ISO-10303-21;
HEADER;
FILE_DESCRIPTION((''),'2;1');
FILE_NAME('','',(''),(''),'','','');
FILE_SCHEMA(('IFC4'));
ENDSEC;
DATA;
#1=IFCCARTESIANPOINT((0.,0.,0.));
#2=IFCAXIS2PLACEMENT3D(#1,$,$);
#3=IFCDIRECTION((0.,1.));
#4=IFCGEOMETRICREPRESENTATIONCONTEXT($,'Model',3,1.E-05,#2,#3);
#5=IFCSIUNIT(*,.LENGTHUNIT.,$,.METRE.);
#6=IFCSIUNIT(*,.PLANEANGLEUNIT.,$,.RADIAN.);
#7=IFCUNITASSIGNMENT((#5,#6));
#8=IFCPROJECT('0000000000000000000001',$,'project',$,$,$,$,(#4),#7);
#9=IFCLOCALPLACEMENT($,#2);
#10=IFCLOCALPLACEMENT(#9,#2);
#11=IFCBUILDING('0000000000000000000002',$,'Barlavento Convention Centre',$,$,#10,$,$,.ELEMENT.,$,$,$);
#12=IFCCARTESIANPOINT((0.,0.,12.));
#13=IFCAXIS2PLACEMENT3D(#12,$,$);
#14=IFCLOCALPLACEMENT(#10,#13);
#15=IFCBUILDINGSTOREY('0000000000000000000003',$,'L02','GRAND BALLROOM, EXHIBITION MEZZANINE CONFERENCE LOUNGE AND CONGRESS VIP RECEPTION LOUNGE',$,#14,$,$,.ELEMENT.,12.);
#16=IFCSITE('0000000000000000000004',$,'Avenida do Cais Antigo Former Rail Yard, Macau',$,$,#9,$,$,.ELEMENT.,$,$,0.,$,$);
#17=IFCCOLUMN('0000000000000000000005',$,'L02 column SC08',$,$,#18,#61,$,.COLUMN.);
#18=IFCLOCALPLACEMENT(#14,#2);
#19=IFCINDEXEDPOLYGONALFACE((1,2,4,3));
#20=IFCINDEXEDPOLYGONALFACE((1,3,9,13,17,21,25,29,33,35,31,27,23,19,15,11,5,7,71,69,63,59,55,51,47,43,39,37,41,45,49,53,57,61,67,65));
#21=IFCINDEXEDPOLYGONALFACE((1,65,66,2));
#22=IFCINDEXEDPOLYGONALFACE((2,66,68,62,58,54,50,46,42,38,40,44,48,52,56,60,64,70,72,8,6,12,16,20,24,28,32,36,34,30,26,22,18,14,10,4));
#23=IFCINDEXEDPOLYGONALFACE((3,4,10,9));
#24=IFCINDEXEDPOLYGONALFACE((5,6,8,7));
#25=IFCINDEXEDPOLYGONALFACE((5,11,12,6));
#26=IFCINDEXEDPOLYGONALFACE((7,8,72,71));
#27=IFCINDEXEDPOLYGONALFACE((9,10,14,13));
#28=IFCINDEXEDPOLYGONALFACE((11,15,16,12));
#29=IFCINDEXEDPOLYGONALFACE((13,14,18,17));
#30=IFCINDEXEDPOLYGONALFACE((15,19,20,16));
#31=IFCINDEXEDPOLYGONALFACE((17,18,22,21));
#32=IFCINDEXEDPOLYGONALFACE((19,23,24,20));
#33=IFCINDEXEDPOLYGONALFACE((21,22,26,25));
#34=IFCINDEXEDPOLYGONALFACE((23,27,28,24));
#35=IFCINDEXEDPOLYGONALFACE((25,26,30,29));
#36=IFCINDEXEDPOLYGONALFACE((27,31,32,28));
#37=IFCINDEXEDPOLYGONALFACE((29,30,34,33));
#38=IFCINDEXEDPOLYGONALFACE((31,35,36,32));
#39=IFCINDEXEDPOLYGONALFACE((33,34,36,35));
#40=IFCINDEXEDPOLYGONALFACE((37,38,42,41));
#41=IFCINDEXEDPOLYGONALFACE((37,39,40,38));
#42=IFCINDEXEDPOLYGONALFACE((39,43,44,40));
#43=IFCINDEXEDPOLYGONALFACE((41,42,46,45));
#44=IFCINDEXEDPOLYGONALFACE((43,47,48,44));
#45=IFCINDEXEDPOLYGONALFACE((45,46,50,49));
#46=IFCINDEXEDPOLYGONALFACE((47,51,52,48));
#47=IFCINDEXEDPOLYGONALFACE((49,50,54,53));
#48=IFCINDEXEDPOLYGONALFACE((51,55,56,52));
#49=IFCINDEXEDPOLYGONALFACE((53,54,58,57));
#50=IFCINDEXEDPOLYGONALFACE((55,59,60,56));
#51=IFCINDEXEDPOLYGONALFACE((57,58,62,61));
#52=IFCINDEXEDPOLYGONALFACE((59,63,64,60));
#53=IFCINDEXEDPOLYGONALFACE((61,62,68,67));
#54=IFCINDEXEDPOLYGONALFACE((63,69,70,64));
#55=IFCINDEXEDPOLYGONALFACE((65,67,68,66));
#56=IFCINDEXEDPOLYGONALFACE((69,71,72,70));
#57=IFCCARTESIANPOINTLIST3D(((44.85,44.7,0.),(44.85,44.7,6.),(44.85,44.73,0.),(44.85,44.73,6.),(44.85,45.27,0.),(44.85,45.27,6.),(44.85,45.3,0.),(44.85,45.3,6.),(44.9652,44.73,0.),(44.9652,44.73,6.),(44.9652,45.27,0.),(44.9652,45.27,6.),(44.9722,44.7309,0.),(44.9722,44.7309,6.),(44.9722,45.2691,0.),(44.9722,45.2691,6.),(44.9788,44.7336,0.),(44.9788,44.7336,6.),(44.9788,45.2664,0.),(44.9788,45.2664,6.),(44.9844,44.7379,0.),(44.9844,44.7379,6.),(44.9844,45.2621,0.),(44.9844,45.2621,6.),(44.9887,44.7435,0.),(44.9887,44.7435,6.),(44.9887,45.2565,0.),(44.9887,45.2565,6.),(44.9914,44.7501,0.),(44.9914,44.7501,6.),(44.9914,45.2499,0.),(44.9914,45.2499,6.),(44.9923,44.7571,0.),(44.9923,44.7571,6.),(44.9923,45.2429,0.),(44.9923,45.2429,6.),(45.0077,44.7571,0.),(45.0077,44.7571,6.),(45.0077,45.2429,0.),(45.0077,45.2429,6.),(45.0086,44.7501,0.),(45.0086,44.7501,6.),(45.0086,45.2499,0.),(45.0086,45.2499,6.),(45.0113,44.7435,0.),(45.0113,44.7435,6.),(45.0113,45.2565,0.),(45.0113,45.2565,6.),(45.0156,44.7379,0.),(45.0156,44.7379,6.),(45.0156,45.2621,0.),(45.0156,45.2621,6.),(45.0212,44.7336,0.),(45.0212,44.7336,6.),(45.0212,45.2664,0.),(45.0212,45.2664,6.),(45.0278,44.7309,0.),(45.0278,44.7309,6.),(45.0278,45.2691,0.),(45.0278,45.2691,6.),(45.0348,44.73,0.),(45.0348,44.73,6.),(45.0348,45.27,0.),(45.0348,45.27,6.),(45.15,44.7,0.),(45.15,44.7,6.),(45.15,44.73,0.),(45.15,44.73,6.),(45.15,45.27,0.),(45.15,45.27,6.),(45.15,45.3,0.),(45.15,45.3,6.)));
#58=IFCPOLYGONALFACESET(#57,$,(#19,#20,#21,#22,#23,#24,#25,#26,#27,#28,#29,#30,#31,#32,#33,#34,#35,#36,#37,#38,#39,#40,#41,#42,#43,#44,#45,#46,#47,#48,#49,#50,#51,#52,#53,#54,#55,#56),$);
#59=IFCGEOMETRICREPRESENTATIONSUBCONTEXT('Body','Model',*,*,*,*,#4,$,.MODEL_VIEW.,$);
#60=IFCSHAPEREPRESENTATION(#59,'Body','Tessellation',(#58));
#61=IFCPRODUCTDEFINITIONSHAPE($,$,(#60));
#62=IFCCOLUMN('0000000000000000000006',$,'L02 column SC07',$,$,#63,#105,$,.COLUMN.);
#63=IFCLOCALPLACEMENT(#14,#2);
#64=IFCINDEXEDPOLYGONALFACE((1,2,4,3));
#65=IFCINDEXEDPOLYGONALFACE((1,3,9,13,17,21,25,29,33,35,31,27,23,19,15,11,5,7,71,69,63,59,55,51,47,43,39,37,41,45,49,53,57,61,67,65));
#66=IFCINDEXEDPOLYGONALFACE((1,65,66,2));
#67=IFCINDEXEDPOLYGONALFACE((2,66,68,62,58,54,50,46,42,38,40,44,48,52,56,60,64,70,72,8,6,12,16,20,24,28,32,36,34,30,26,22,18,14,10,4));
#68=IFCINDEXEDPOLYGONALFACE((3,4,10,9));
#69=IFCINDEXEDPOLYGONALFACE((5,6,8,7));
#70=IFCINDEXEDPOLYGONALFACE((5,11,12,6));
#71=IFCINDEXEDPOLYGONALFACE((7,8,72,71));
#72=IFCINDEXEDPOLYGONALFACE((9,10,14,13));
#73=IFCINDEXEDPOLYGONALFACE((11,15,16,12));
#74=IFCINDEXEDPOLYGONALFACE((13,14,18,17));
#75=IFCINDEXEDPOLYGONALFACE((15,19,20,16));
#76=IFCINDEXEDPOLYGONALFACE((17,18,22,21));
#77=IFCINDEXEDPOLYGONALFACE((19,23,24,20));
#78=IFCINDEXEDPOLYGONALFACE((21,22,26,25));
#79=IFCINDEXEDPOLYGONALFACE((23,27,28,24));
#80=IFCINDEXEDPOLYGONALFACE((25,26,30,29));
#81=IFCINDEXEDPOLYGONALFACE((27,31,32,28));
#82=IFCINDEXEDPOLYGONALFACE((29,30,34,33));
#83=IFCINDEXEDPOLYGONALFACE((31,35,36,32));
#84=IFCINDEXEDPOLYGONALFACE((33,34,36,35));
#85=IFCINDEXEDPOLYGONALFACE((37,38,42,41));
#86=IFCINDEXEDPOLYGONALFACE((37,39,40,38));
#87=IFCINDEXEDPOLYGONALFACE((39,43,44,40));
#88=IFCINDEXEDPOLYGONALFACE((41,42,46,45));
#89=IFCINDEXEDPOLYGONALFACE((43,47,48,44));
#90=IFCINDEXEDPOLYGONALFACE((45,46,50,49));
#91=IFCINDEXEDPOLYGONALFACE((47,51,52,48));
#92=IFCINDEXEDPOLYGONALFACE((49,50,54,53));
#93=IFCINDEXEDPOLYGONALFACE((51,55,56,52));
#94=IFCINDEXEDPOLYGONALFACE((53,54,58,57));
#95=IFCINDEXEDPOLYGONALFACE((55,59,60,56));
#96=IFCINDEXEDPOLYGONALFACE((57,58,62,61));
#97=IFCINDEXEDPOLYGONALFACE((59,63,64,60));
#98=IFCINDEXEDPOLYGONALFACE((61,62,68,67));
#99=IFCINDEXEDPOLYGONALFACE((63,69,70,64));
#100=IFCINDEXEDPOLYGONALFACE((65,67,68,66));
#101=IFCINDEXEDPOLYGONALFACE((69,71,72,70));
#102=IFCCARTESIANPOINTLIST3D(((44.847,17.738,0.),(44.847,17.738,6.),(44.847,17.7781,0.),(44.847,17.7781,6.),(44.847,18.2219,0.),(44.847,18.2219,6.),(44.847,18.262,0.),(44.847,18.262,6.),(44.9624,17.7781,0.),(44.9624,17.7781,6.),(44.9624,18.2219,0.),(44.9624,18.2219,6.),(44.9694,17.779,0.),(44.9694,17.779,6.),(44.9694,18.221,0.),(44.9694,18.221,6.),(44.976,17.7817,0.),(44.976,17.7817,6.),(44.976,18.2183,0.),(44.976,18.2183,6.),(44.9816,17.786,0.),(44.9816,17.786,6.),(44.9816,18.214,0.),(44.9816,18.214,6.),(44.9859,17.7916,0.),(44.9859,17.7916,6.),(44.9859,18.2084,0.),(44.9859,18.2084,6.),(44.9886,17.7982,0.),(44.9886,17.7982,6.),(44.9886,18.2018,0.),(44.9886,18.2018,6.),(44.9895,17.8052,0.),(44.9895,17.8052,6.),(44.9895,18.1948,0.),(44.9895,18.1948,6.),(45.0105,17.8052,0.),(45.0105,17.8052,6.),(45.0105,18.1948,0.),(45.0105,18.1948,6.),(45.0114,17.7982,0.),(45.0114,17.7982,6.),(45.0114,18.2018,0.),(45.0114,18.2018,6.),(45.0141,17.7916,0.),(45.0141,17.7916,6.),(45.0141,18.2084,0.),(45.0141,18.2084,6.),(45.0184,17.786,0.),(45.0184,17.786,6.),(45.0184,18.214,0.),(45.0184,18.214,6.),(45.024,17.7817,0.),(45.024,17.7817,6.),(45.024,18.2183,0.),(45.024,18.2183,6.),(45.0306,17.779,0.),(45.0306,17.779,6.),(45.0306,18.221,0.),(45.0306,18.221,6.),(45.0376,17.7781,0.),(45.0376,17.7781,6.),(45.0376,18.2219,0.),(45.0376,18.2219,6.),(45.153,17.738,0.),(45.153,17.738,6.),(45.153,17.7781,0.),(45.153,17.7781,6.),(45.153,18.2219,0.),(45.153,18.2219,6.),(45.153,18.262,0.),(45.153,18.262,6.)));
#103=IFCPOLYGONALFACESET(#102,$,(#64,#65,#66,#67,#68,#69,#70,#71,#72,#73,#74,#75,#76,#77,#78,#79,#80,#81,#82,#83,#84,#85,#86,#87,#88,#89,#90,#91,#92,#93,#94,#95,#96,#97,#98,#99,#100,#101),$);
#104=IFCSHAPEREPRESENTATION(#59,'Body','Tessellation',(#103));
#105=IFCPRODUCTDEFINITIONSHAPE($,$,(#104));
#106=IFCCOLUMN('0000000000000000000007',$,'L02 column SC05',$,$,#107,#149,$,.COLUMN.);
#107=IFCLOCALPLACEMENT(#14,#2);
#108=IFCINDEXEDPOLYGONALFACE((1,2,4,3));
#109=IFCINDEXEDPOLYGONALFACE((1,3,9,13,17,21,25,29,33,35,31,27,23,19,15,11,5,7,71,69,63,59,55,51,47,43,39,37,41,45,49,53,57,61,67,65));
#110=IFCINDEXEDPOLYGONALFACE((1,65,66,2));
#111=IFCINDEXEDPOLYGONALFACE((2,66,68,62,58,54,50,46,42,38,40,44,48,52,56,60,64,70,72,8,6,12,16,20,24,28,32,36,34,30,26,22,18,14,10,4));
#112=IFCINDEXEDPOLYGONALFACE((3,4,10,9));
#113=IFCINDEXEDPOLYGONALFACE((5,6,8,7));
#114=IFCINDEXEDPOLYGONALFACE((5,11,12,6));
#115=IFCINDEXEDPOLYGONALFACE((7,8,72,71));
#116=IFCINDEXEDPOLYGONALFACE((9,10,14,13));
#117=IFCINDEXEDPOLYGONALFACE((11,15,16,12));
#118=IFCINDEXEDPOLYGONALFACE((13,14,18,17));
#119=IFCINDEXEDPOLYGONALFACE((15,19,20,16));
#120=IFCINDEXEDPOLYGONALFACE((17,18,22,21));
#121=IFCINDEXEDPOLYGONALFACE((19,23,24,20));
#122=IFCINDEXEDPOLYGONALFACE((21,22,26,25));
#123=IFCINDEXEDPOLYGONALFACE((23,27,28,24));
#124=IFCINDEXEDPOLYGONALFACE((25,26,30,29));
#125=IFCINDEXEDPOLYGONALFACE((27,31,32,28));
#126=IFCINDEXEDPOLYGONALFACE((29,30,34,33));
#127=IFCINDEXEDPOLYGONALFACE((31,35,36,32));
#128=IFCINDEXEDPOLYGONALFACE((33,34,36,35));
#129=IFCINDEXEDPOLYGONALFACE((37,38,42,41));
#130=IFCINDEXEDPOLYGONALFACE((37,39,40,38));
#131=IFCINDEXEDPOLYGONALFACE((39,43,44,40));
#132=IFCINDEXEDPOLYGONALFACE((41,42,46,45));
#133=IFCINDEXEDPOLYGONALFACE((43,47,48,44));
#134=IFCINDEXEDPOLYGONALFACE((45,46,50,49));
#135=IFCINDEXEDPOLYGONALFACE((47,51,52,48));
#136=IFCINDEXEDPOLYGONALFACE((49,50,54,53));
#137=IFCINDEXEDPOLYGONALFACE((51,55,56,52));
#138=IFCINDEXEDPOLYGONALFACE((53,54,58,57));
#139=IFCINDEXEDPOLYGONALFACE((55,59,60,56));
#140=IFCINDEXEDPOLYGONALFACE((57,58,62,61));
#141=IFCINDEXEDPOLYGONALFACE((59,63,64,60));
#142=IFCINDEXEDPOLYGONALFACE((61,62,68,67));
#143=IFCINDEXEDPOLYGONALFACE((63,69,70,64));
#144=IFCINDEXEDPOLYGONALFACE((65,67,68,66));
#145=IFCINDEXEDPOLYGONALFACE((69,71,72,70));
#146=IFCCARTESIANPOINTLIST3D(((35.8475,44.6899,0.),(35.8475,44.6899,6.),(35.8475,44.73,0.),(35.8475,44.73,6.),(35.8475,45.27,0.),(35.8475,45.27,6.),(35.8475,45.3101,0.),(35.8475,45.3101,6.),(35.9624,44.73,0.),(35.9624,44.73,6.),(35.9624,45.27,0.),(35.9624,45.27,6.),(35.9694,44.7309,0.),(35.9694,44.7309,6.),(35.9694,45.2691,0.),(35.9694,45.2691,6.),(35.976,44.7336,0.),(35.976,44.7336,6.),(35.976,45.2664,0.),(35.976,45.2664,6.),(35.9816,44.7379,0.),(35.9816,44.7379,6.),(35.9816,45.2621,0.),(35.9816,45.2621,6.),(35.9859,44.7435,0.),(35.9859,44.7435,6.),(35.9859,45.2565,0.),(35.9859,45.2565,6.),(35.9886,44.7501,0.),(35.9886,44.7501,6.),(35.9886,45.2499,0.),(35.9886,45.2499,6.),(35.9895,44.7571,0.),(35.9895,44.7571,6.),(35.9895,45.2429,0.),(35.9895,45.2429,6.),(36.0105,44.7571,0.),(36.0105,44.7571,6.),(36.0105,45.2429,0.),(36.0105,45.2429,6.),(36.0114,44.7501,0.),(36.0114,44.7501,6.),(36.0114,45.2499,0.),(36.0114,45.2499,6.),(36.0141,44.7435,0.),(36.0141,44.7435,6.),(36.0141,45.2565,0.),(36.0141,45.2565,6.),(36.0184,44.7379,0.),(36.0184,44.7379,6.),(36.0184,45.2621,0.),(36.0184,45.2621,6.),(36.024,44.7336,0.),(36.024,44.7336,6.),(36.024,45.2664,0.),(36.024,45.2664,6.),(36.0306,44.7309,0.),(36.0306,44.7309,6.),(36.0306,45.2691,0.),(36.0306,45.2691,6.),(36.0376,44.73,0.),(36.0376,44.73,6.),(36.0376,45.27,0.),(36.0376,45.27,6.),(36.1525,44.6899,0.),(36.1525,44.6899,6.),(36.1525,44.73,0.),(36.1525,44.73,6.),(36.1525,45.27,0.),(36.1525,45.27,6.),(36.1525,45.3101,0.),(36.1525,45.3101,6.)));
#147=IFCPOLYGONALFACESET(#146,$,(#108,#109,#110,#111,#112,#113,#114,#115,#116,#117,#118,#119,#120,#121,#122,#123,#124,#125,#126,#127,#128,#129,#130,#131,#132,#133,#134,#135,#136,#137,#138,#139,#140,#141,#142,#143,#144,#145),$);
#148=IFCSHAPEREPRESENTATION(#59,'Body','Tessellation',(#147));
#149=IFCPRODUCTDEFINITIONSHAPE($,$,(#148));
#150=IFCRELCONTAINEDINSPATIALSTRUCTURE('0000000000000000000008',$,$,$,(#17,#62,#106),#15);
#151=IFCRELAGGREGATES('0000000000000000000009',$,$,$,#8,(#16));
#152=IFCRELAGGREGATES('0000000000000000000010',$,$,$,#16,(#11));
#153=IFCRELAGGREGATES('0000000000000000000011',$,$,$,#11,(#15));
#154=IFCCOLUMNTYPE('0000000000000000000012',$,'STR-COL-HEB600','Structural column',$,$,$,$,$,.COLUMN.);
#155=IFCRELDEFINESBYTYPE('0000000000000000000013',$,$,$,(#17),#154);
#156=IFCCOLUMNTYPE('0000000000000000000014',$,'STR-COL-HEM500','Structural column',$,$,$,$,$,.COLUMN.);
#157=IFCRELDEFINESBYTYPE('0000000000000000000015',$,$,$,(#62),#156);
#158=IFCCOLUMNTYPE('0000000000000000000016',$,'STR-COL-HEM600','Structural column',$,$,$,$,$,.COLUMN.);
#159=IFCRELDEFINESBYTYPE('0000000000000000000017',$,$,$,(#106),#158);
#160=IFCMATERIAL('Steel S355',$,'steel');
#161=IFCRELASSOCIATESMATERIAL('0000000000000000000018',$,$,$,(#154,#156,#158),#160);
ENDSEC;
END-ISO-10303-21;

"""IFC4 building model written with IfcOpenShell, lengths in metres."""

from ifc_helpers import new_model, si_unit, direction, frame, origin, origin_2d, place, context, subcontext, project, spatial, i_section, extrude, material, material_profile, profile_set, type_object, element, save


model = new_model("IFC4")

# Units and contexts
model_context = context("Model", 3, precision=1e-05, world=origin(), true_north=direction((0.0, 1.0)))
body_context = subcontext(model_context, "Body", "Model", "MODEL_VIEW")
ifc_project = project(units=[si_unit("LENGTHUNIT", "METRE"), si_unit("PLANEANGLEUNIT", "RADIAN")], contexts=[model_context])

# Site, building, storey
site_placement = place(None, origin())
site = spatial("IfcSite", under=ifc_project, at=site_placement, Name="Avenida do Cais Antigo Former Rail Yard, Macau", CompositionType="ELEMENT", RefElevation=0.0)
building_placement = place(site_placement, origin())
building = spatial("IfcBuilding", under=site, at=building_placement, Name="Barlavento Convention Centre", CompositionType="ELEMENT")
storey_placement = place(building_placement, frame((0.0, 0.0, 12.0)))
storey = spatial("IfcBuildingStorey", under=building, at=storey_placement, Name="L02", Description="GRAND BALLROOM, EXHIBITION MEZZANINE CONFERENCE LOUNGE AND CONGRESS VIP RECEPTION LOUNGE", CompositionType="ELEMENT", Elevation=12.0)

# Columns
ifc_material_1 = material(Name="Steel S355", Category="steel")
ifc_material_profile_1 = material_profile(ifc_material_1, i_section(OverallWidth=0.3, OverallDepth=0.6001, WebThickness=0.0154, FlangeThickness=0.03, FilletRadius=0.0271, at=origin_2d()), Name="HEB 600")
ifc_profile_set_1 = profile_set([ifc_material_profile_1], Name="Steel S355")
column_type_1 = type_object("IfcColumnType", Name="STR-COL-HEB600", Description="Structural column", PredefinedType="COLUMN", material=ifc_profile_set_1)
column_1_placement = place(storey_placement, frame((45.0, 45.0, 0.0), z_axis=(0.0, 0.0, 1.0), x_axis=(1.0, 0.0, 0.0)))
element("IfcColumn", 1, at=column_1_placement, inside=storey, type_object=column_type_1, Name="L02 column SC08", PredefinedType="COLUMN", context=body_context, shape_type="SweptSolid", body=[
    extrude(i_section(OverallWidth=0.3, OverallDepth=0.6001, WebThickness=0.0154, FlangeThickness=0.03, FilletRadius=0.0271, at=origin_2d()), origin(), (0.0, 0.0, 1.0), 6.0),
])
ifc_material_profile_2 = material_profile(ifc_material_1, i_section(OverallWidth=0.3059, OverallDepth=0.5239, WebThickness=0.021, FlangeThickness=0.04, FilletRadius=0.0271, at=origin_2d()), Name="HEM 500")
ifc_profile_set_2 = profile_set([ifc_material_profile_2], Name="Steel S355")
column_type_2 = type_object("IfcColumnType", Name="STR-COL-HEM500", Description="Structural column", PredefinedType="COLUMN", material=ifc_profile_set_2)
column_2_placement = place(storey_placement, frame((45.0, 18.0, 0.0), z_axis=(0.0, 0.0, 1.0), x_axis=(1.0, 0.0, 0.0)))
element("IfcColumn", 2, at=column_2_placement, inside=storey, type_object=column_type_2, Name="L02 column SC07", PredefinedType="COLUMN", context=body_context, shape_type="SweptSolid", body=[
    extrude(i_section(OverallWidth=0.3059, OverallDepth=0.5239, WebThickness=0.021, FlangeThickness=0.04, FilletRadius=0.0271, at=origin_2d()), origin(), (0.0, 0.0, 1.0), 6.0),
])
ifc_material_profile_3 = material_profile(ifc_material_1, i_section(OverallWidth=0.3049, OverallDepth=0.6201, WebThickness=0.021, FlangeThickness=0.04, FilletRadius=0.0271, at=origin_2d()), Name="HEM 600")
ifc_profile_set_3 = profile_set([ifc_material_profile_3], Name="Steel S355")
column_type_3 = type_object("IfcColumnType", Name="STR-COL-HEM600", Description="Structural column", PredefinedType="COLUMN", material=ifc_profile_set_3)
column_3_placement = place(storey_placement, frame((36.0, 45.0, 0.0), z_axis=(0.0, 0.0, 1.0), x_axis=(1.0, 0.0, 0.0)))
element("IfcColumn", 3, at=column_3_placement, inside=storey, type_object=column_type_3, Name="L02 column SC05", PredefinedType="COLUMN", context=body_context, shape_type="SweptSolid", body=[
    extrude(i_section(OverallWidth=0.3049, OverallDepth=0.6201, WebThickness=0.021, FlangeThickness=0.04, FilletRadius=0.0271, at=origin_2d()), origin(), (0.0, 0.0, 1.0), 6.0),
])

save(model, "model.ifc")
